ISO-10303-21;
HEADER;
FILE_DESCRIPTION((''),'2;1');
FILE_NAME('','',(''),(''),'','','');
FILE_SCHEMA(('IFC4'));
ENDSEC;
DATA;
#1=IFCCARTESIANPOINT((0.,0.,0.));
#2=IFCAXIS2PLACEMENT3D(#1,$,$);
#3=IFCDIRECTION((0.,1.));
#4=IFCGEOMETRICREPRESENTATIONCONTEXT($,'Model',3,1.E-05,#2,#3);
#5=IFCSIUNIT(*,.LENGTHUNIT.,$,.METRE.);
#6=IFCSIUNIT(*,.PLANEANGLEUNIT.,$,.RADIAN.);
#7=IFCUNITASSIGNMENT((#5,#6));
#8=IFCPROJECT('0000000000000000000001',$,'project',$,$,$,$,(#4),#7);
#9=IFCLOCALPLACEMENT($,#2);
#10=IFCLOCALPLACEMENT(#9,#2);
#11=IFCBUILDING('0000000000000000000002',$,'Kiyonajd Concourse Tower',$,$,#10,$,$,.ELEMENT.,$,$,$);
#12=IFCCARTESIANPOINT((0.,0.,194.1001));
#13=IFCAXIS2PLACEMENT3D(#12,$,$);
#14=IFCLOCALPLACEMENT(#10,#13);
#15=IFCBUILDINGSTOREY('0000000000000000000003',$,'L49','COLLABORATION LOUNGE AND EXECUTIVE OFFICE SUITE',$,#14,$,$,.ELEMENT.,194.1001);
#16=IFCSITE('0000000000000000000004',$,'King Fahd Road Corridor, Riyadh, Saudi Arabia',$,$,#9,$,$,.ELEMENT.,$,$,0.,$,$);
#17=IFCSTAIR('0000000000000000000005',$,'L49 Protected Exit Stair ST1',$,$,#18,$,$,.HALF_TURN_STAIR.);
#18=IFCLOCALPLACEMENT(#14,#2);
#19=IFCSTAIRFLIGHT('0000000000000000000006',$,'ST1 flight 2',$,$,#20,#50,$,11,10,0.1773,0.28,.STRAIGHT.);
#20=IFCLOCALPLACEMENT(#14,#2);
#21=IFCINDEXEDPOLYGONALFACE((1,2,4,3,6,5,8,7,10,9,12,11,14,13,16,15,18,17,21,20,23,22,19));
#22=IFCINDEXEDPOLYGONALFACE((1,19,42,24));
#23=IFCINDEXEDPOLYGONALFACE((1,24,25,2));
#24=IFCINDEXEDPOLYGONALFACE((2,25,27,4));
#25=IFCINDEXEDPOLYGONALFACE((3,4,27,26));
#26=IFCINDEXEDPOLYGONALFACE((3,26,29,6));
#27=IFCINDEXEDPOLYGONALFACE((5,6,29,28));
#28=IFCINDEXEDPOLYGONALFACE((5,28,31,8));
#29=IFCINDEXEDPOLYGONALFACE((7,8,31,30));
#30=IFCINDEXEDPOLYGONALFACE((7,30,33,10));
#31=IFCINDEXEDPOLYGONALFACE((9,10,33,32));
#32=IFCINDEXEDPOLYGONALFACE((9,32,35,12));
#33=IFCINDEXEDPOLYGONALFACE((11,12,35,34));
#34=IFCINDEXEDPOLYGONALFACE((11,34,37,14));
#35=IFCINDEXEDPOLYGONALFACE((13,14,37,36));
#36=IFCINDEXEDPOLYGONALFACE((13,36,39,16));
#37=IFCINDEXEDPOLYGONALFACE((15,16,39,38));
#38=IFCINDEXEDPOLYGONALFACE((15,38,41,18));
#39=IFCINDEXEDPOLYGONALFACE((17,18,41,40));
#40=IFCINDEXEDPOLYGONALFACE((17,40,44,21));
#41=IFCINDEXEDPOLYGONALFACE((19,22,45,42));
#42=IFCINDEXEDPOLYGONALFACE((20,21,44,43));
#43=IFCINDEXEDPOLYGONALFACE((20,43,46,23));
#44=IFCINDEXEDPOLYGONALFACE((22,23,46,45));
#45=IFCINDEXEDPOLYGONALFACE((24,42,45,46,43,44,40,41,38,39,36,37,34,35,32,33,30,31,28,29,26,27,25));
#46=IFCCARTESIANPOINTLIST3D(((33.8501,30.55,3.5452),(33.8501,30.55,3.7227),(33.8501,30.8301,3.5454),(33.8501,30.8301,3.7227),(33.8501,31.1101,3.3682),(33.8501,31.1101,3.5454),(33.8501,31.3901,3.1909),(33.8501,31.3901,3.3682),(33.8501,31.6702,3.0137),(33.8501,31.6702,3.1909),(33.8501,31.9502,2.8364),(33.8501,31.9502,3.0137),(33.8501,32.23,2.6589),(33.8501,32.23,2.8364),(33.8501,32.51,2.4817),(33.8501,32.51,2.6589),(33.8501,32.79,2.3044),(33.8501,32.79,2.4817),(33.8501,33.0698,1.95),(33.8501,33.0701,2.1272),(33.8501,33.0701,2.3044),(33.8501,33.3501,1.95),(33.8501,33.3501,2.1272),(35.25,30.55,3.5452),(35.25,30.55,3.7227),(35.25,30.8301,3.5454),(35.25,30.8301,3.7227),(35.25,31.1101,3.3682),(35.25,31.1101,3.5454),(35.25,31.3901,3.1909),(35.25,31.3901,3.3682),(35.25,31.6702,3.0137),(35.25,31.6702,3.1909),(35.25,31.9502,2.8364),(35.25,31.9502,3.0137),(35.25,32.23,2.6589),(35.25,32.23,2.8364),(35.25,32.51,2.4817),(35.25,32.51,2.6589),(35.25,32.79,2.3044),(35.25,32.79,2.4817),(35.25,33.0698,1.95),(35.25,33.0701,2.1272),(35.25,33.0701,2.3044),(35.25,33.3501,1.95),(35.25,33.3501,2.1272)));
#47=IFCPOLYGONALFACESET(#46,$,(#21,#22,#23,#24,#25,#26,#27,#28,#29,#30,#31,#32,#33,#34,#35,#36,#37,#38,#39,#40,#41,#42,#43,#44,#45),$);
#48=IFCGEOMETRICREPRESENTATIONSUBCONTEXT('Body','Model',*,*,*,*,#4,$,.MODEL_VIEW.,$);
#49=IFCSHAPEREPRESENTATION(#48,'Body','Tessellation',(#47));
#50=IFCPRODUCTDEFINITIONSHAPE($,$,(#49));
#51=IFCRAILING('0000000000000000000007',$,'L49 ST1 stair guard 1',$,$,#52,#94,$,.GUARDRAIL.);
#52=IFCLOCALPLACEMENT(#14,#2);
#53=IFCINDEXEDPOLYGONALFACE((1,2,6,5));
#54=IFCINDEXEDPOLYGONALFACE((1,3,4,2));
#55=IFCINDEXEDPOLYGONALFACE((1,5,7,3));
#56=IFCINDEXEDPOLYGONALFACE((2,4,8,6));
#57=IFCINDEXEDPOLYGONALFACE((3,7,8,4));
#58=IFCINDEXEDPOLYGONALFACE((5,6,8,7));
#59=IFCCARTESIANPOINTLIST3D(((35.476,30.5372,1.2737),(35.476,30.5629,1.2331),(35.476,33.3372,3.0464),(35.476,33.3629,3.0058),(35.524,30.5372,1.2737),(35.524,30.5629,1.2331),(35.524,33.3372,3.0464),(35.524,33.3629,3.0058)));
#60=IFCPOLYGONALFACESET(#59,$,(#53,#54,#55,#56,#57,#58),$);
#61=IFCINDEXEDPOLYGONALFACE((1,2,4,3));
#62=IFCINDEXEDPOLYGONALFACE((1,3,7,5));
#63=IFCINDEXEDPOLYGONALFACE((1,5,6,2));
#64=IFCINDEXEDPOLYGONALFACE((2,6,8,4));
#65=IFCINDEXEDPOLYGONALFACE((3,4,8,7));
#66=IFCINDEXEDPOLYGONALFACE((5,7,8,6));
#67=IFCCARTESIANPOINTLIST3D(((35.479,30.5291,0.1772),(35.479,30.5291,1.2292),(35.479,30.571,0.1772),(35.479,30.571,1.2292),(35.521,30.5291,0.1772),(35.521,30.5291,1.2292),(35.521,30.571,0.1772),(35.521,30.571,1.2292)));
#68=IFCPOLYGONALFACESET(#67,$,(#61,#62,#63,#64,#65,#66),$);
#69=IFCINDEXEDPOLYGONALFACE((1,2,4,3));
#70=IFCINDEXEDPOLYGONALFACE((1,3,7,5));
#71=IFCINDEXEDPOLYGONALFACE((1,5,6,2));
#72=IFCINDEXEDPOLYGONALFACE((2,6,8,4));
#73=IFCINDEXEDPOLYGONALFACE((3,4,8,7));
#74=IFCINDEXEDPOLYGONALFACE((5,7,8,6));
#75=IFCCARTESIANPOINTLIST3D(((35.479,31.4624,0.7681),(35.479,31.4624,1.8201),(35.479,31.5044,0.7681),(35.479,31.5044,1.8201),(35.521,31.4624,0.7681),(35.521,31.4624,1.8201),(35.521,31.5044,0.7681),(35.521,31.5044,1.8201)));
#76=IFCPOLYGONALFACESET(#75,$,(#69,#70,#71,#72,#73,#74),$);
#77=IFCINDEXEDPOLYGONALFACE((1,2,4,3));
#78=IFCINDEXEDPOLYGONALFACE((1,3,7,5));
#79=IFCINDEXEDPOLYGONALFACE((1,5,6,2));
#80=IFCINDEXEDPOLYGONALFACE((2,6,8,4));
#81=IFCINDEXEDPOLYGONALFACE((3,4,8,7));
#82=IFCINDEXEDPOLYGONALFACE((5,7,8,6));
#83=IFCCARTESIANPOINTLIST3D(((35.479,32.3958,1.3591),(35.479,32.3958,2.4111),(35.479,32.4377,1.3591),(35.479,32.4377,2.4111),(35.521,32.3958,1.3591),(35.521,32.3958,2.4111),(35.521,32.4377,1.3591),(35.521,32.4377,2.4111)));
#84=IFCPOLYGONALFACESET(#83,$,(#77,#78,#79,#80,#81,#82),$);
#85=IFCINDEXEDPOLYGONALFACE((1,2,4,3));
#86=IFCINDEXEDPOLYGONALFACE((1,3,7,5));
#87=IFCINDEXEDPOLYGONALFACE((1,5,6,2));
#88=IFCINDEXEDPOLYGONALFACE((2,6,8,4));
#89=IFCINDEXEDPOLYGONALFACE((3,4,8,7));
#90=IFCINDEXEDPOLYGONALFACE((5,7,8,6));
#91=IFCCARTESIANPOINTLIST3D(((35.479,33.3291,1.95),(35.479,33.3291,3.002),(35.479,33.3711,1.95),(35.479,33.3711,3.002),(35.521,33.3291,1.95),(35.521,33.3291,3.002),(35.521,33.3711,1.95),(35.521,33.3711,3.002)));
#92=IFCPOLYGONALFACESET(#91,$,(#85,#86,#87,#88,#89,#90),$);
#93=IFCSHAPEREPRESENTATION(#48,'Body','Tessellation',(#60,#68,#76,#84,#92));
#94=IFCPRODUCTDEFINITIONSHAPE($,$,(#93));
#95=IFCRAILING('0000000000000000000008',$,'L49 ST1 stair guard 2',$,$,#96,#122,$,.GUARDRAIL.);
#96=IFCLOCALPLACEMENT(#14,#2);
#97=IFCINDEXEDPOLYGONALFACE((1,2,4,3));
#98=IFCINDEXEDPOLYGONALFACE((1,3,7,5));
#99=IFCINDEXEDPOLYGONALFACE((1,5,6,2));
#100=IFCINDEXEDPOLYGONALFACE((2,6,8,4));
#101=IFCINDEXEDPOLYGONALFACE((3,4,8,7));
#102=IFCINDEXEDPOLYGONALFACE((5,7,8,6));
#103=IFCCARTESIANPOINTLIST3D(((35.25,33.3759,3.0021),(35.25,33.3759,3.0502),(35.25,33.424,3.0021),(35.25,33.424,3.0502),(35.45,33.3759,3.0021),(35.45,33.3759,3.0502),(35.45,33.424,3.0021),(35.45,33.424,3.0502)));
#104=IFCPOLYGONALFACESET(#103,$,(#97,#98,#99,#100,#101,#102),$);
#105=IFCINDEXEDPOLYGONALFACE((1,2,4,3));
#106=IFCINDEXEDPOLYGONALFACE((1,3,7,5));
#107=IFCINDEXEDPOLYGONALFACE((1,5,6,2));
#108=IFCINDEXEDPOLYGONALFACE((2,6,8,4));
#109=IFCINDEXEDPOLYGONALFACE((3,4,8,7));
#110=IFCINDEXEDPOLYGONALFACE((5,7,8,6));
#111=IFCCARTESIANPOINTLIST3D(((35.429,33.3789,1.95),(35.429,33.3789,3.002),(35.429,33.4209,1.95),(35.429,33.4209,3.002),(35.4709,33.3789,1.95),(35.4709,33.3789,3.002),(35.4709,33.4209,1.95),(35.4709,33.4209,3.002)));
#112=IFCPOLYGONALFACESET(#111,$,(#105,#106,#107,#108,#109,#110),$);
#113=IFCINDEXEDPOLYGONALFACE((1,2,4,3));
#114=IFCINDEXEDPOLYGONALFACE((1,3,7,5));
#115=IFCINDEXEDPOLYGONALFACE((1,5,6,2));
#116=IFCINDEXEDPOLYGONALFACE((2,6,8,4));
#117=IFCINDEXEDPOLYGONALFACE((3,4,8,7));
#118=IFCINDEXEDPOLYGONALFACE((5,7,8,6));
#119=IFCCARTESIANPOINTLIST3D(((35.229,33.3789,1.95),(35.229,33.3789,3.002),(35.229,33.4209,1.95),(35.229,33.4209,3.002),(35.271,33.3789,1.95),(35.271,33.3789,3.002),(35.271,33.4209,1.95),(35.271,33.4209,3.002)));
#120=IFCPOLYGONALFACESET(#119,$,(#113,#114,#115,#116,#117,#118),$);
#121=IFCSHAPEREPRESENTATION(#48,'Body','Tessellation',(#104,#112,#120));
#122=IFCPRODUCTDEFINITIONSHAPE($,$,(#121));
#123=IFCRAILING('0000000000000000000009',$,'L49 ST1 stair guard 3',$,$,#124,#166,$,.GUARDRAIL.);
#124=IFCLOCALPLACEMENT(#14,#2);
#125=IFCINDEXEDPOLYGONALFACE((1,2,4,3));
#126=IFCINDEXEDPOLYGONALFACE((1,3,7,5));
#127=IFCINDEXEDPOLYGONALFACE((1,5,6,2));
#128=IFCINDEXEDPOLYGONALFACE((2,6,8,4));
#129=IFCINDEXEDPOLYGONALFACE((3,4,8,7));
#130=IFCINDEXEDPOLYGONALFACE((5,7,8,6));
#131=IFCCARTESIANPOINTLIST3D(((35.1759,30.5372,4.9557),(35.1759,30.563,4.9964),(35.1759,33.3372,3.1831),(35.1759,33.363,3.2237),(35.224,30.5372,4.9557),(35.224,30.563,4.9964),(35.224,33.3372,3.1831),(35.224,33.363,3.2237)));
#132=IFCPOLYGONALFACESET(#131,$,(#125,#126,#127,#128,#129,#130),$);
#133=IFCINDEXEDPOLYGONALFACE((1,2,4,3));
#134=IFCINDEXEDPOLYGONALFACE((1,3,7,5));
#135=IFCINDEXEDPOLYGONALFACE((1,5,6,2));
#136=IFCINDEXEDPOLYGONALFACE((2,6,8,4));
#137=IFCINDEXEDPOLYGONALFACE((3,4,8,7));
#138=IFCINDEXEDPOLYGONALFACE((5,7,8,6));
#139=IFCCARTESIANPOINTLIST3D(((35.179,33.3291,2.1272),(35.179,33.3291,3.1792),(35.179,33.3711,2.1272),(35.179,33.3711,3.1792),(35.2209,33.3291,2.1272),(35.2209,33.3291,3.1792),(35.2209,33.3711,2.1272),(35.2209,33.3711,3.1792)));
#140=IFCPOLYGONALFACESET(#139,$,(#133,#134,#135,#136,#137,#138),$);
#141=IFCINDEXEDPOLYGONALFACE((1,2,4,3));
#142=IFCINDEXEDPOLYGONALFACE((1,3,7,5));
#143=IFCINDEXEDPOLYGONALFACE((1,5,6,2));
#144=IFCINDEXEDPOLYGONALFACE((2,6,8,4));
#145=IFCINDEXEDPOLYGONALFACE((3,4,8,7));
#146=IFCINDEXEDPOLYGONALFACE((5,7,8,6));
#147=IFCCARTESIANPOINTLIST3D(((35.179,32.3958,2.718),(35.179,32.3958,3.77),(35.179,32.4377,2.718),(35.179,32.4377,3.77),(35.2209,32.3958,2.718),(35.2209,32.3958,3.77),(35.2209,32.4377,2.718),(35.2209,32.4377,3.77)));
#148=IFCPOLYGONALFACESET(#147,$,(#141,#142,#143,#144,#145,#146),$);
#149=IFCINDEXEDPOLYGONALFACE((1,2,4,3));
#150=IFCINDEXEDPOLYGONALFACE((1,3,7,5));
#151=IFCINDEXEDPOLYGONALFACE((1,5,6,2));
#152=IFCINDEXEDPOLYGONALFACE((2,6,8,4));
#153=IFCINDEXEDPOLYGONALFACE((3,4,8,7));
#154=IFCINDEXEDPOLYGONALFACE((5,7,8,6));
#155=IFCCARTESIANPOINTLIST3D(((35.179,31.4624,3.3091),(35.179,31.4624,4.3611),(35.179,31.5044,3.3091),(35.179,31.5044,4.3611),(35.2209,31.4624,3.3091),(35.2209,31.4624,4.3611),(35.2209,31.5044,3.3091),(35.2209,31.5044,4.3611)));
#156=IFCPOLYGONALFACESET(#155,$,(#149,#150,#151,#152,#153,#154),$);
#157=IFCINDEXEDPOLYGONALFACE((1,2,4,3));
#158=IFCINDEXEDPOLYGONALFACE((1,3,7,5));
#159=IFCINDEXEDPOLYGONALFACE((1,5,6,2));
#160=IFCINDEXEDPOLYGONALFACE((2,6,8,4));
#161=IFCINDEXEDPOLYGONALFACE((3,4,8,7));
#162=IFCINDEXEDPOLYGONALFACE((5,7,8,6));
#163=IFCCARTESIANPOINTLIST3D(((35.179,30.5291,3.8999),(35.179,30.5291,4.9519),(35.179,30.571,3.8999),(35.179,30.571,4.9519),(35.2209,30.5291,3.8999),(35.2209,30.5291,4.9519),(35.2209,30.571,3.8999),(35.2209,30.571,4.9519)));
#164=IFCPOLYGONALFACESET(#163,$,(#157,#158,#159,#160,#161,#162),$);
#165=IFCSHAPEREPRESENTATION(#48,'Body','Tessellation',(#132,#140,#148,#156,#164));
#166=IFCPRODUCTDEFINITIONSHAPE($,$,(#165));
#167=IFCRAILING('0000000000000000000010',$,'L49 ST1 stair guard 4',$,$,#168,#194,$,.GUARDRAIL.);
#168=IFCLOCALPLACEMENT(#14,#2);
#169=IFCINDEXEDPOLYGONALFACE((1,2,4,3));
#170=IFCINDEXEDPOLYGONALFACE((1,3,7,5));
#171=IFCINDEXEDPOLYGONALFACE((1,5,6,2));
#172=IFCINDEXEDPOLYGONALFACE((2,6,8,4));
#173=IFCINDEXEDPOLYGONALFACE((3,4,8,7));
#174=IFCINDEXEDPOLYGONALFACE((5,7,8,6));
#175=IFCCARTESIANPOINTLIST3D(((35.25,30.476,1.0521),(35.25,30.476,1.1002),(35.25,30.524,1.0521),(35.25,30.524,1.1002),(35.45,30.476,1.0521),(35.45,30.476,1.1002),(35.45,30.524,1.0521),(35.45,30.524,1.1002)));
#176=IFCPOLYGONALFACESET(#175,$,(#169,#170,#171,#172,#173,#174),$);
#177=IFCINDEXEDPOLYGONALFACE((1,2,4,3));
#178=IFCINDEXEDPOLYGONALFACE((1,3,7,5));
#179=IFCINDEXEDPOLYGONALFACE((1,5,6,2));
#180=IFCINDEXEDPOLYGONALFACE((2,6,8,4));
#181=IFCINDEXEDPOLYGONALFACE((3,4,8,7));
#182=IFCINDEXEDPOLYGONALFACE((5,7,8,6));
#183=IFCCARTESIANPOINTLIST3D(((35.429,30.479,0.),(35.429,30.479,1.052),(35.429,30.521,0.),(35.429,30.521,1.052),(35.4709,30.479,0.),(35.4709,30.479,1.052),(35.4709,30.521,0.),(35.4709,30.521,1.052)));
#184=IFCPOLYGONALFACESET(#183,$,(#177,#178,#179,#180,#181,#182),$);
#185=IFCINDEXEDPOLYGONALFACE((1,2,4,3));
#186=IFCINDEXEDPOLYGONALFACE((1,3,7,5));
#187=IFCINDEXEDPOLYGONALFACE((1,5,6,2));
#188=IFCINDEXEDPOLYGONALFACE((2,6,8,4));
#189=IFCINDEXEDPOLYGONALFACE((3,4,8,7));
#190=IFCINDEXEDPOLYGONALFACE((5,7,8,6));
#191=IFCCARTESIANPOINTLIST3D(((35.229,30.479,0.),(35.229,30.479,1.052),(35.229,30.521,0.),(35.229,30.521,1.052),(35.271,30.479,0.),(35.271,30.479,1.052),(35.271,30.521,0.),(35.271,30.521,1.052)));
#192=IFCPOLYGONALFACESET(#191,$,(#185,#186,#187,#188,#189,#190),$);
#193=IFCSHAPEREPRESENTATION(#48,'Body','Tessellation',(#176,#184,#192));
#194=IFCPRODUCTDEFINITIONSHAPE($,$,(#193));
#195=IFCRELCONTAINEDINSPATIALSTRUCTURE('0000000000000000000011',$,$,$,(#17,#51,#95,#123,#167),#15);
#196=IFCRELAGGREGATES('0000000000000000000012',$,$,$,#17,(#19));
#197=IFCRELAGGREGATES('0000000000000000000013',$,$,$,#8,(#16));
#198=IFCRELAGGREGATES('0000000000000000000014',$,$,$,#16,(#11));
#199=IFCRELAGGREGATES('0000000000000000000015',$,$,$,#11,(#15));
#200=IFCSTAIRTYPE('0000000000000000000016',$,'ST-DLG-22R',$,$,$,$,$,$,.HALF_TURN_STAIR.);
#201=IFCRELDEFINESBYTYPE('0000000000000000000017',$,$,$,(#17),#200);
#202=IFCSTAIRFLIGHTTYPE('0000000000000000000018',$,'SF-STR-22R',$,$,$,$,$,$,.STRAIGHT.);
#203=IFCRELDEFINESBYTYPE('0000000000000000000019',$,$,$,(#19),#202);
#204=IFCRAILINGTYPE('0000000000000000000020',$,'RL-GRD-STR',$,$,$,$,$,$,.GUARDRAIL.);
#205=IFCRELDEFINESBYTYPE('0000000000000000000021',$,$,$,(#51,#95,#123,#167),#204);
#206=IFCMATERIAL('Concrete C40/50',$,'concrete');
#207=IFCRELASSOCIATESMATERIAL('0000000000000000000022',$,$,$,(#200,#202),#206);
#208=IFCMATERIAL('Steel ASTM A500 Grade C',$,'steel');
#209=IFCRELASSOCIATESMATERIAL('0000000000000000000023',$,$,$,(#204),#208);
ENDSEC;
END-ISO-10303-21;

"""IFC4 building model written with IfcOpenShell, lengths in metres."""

from ifc_helpers import new_model, si_unit, direction, frame, origin, origin_2d, place, context, subcontext, project, spatial, polyline, rectangle, outline, extrude, material, type_object, element, aggregate, save


model = new_model("IFC4")

# Units and contexts
model_context = context("Model", 3, precision=1e-05, world=origin(), true_north=direction((0.0, 1.0)))
body_context = subcontext(model_context, "Body", "Model", "MODEL_VIEW")
ifc_project = project(units=[si_unit("LENGTHUNIT", "METRE"), si_unit("PLANEANGLEUNIT", "RADIAN")], contexts=[model_context])

# Site, building, storey
site_placement = place(None, origin())
site = spatial("IfcSite", under=ifc_project, at=site_placement, Name="King Fahd Road Corridor, Riyadh, Saudi Arabia", CompositionType="ELEMENT", RefElevation=0.0)
building_placement = place(site_placement, origin())
building = spatial("IfcBuilding", under=site, at=building_placement, Name="Kiyonajd Concourse Tower", CompositionType="ELEMENT")
storey_placement = place(building_placement, frame((0.0, 0.0, 194.1001)))
storey = spatial("IfcBuildingStorey", under=building, at=storey_placement, Name="L49", Description="COLLABORATION LOUNGE AND EXECUTIVE OFFICE SUITE", CompositionType="ELEMENT", Elevation=194.1001)

# Stair, stair flight
ifc_material_1 = material(Name="Concrete C40/50", Category="concrete")
stair_type = type_object("IfcStairType", Name="ST-DLG-22R", PredefinedType="HALF_TURN_STAIR", material=ifc_material_1)
stair_placement = place(storey_placement, origin())
stair = element("IfcStair", 1, at=stair_placement, inside=storey, type_object=stair_type, Name="L49 Protected Exit Stair ST1", PredefinedType="HALF_TURN_STAIR")
stair_flight_type = type_object("IfcStairFlightType", Name="SF-STR-22R", PredefinedType="STRAIGHT", material=ifc_material_1)
stair_flight_1_placement = place(storey_placement, frame((34.55, 33.3501, 1.95), z_axis=(0.0, 0.0, 1.0), x_axis=(0.0, -1.0, 0.0)))
stair_flight_1 = element("IfcStairFlight", 2, at=stair_flight_1_placement, type_object=stair_flight_type, Name="ST1 flight 2", NumberOfRisers=11, NumberOfTreads=10, PredefinedType="STRAIGHT", RiserHeight=0.1773, TreadLength=0.28, context=body_context, shape_type="SweptSolid", body=[
    extrude(outline(polyline([(0.0, 0.0), (0.0, 0.1772), (0.28, 0.1772), (0.28, 0.3545), (0.5601, 0.3545), (0.5601, 0.5317), (0.8401, 0.5317), (0.8401, 0.709), (1.1201, 0.709), (1.1201, 0.8865), (1.3999, 0.8865), (1.3999, 1.0637), (1.6799, 1.0637), (1.6799, 1.241), (1.96, 1.241), (1.96, 1.4182), (2.24, 1.4182), (2.24, 1.5955), (2.52, 1.5955), (2.52, 1.7727), (2.8, 1.7727), (2.8, 1.95), (2.8, 1.5952), (0.2803, 0.0), (0.0, 0.0)])), frame((0.0, 0.7, 0.0), z_axis=(0.0, -1.0, 0.0), x_axis=(1.0, 0.0, 0.0)), (0.0, 0.0, 1.0), 1.3999),
])
aggregate(stair, [stair_flight_1])

# Railings
ifc_material_2 = material(Name="Steel ASTM A500 Grade C", Category="steel")
railing_type_1 = type_object("IfcRailingType", Name="RL-GRD-STR", PredefinedType="GUARDRAIL", material=ifc_material_2)
railing_1_placement = place(storey_placement, frame((35.5, 30.55, 0.1772)))
element("IfcRailing", 3, at=railing_1_placement, inside=storey, type_object=railing_type_1, Name="L49 ST1 stair guard 1", PredefinedType="GUARDRAIL", context=body_context, shape_type="SweptSolid", body=[
    extrude(rectangle(XDim=0.0481, YDim=0.0481, at=origin_2d()), frame((0.0, 0.0, 1.0762), z_axis=(0.0, 0.844909, 0.53491), x_axis=(-1.0, 0.0, 0.0)), (0.0, 0.0, 1.0), 3.314),
    extrude(rectangle(XDim=0.042, YDim=0.042, at=origin_2d()), origin(), (0.0, 0.0, 1.0), 1.052),
    extrude(rectangle(XDim=0.042, YDim=0.042, at=origin_2d()), frame((0.0, 0.9333, 0.5908)), (0.0, 0.0, 1.0), 1.052),
    extrude(rectangle(XDim=0.042, YDim=0.042, at=origin_2d()), frame((0.0, 1.8667, 1.1819)), (0.0, 0.0, 1.0), 1.052),
    extrude(rectangle(XDim=0.042, YDim=0.042, at=origin_2d()), frame((0.0, 2.8, 1.7727)), (0.0, 0.0, 1.0), 1.052),
])
railing_2_placement = place(storey_placement, frame((35.45, 33.3999, 1.95)))
element("IfcRailing", 4, at=railing_2_placement, inside=storey, type_object=railing_type_1, Name="L49 ST1 stair guard 2", PredefinedType="GUARDRAIL", context=body_context, shape_type="SweptSolid", body=[
    extrude(rectangle(XDim=0.0481, YDim=0.0481, at=origin_2d()), frame((0.0, 0.0, 1.0762), z_axis=(-1.0, 0.0, 0.0), x_axis=(0.0, -1.0, 0.0)), (0.0, 0.0, 1.0), 0.2),
    extrude(rectangle(XDim=0.042, YDim=0.042, at=origin_2d()), origin(), (0.0, 0.0, 1.0), 1.052),
    extrude(rectangle(XDim=0.042, YDim=0.042, at=origin_2d()), frame((-0.2, 0.0, 0.0)), (0.0, 0.0, 1.0), 1.052),
])
railing_3_placement = place(storey_placement, frame((35.2, 33.3501, 2.1272)))
element("IfcRailing", 5, at=railing_3_placement, inside=storey, type_object=railing_type_1, Name="L49 ST1 stair guard 3", PredefinedType="GUARDRAIL", context=body_context, shape_type="SweptSolid", body=[
    extrude(rectangle(XDim=0.0481, YDim=0.0481, at=origin_2d()), frame((0.0, 0.0, 1.0762), z_axis=(0.0, -0.844909, 0.53491), x_axis=(1.0, 0.0, 0.0)), (0.0, 0.0, 1.0), 3.314),
    extrude(rectangle(XDim=0.042, YDim=0.042, at=origin_2d()), origin(), (0.0, 0.0, 1.0), 1.052),
    extrude(rectangle(XDim=0.042, YDim=0.042, at=origin_2d()), frame((0.0, -0.9333, 0.5908)), (0.0, 0.0, 1.0), 1.052),
    extrude(rectangle(XDim=0.042, YDim=0.042, at=origin_2d()), frame((0.0, -1.8667, 1.1819)), (0.0, 0.0, 1.0), 1.052),
    extrude(rectangle(XDim=0.042, YDim=0.042, at=origin_2d()), frame((0.0, -2.8, 1.7727)), (0.0, 0.0, 1.0), 1.052),
])
railing_4_placement = place(storey_placement, frame((35.45, 30.5, 0.0)))
element("IfcRailing", 6, at=railing_4_placement, inside=storey, type_object=railing_type_1, Name="L49 ST1 stair guard 4", PredefinedType="GUARDRAIL", context=body_context, shape_type="SweptSolid", body=[
    extrude(rectangle(XDim=0.0481, YDim=0.0481, at=origin_2d()), frame((0.0, 0.0, 1.0762), z_axis=(-1.0, 0.0, 0.0), x_axis=(0.0, -1.0, 0.0)), (0.0, 0.0, 1.0), 0.2),
    extrude(rectangle(XDim=0.042, YDim=0.042, at=origin_2d()), origin(), (0.0, 0.0, 1.0), 1.052),
    extrude(rectangle(XDim=0.042, YDim=0.042, at=origin_2d()), frame((-0.2, 0.0, 0.0)), (0.0, 0.0, 1.0), 1.052),
])

save(model, "model.ifc")
